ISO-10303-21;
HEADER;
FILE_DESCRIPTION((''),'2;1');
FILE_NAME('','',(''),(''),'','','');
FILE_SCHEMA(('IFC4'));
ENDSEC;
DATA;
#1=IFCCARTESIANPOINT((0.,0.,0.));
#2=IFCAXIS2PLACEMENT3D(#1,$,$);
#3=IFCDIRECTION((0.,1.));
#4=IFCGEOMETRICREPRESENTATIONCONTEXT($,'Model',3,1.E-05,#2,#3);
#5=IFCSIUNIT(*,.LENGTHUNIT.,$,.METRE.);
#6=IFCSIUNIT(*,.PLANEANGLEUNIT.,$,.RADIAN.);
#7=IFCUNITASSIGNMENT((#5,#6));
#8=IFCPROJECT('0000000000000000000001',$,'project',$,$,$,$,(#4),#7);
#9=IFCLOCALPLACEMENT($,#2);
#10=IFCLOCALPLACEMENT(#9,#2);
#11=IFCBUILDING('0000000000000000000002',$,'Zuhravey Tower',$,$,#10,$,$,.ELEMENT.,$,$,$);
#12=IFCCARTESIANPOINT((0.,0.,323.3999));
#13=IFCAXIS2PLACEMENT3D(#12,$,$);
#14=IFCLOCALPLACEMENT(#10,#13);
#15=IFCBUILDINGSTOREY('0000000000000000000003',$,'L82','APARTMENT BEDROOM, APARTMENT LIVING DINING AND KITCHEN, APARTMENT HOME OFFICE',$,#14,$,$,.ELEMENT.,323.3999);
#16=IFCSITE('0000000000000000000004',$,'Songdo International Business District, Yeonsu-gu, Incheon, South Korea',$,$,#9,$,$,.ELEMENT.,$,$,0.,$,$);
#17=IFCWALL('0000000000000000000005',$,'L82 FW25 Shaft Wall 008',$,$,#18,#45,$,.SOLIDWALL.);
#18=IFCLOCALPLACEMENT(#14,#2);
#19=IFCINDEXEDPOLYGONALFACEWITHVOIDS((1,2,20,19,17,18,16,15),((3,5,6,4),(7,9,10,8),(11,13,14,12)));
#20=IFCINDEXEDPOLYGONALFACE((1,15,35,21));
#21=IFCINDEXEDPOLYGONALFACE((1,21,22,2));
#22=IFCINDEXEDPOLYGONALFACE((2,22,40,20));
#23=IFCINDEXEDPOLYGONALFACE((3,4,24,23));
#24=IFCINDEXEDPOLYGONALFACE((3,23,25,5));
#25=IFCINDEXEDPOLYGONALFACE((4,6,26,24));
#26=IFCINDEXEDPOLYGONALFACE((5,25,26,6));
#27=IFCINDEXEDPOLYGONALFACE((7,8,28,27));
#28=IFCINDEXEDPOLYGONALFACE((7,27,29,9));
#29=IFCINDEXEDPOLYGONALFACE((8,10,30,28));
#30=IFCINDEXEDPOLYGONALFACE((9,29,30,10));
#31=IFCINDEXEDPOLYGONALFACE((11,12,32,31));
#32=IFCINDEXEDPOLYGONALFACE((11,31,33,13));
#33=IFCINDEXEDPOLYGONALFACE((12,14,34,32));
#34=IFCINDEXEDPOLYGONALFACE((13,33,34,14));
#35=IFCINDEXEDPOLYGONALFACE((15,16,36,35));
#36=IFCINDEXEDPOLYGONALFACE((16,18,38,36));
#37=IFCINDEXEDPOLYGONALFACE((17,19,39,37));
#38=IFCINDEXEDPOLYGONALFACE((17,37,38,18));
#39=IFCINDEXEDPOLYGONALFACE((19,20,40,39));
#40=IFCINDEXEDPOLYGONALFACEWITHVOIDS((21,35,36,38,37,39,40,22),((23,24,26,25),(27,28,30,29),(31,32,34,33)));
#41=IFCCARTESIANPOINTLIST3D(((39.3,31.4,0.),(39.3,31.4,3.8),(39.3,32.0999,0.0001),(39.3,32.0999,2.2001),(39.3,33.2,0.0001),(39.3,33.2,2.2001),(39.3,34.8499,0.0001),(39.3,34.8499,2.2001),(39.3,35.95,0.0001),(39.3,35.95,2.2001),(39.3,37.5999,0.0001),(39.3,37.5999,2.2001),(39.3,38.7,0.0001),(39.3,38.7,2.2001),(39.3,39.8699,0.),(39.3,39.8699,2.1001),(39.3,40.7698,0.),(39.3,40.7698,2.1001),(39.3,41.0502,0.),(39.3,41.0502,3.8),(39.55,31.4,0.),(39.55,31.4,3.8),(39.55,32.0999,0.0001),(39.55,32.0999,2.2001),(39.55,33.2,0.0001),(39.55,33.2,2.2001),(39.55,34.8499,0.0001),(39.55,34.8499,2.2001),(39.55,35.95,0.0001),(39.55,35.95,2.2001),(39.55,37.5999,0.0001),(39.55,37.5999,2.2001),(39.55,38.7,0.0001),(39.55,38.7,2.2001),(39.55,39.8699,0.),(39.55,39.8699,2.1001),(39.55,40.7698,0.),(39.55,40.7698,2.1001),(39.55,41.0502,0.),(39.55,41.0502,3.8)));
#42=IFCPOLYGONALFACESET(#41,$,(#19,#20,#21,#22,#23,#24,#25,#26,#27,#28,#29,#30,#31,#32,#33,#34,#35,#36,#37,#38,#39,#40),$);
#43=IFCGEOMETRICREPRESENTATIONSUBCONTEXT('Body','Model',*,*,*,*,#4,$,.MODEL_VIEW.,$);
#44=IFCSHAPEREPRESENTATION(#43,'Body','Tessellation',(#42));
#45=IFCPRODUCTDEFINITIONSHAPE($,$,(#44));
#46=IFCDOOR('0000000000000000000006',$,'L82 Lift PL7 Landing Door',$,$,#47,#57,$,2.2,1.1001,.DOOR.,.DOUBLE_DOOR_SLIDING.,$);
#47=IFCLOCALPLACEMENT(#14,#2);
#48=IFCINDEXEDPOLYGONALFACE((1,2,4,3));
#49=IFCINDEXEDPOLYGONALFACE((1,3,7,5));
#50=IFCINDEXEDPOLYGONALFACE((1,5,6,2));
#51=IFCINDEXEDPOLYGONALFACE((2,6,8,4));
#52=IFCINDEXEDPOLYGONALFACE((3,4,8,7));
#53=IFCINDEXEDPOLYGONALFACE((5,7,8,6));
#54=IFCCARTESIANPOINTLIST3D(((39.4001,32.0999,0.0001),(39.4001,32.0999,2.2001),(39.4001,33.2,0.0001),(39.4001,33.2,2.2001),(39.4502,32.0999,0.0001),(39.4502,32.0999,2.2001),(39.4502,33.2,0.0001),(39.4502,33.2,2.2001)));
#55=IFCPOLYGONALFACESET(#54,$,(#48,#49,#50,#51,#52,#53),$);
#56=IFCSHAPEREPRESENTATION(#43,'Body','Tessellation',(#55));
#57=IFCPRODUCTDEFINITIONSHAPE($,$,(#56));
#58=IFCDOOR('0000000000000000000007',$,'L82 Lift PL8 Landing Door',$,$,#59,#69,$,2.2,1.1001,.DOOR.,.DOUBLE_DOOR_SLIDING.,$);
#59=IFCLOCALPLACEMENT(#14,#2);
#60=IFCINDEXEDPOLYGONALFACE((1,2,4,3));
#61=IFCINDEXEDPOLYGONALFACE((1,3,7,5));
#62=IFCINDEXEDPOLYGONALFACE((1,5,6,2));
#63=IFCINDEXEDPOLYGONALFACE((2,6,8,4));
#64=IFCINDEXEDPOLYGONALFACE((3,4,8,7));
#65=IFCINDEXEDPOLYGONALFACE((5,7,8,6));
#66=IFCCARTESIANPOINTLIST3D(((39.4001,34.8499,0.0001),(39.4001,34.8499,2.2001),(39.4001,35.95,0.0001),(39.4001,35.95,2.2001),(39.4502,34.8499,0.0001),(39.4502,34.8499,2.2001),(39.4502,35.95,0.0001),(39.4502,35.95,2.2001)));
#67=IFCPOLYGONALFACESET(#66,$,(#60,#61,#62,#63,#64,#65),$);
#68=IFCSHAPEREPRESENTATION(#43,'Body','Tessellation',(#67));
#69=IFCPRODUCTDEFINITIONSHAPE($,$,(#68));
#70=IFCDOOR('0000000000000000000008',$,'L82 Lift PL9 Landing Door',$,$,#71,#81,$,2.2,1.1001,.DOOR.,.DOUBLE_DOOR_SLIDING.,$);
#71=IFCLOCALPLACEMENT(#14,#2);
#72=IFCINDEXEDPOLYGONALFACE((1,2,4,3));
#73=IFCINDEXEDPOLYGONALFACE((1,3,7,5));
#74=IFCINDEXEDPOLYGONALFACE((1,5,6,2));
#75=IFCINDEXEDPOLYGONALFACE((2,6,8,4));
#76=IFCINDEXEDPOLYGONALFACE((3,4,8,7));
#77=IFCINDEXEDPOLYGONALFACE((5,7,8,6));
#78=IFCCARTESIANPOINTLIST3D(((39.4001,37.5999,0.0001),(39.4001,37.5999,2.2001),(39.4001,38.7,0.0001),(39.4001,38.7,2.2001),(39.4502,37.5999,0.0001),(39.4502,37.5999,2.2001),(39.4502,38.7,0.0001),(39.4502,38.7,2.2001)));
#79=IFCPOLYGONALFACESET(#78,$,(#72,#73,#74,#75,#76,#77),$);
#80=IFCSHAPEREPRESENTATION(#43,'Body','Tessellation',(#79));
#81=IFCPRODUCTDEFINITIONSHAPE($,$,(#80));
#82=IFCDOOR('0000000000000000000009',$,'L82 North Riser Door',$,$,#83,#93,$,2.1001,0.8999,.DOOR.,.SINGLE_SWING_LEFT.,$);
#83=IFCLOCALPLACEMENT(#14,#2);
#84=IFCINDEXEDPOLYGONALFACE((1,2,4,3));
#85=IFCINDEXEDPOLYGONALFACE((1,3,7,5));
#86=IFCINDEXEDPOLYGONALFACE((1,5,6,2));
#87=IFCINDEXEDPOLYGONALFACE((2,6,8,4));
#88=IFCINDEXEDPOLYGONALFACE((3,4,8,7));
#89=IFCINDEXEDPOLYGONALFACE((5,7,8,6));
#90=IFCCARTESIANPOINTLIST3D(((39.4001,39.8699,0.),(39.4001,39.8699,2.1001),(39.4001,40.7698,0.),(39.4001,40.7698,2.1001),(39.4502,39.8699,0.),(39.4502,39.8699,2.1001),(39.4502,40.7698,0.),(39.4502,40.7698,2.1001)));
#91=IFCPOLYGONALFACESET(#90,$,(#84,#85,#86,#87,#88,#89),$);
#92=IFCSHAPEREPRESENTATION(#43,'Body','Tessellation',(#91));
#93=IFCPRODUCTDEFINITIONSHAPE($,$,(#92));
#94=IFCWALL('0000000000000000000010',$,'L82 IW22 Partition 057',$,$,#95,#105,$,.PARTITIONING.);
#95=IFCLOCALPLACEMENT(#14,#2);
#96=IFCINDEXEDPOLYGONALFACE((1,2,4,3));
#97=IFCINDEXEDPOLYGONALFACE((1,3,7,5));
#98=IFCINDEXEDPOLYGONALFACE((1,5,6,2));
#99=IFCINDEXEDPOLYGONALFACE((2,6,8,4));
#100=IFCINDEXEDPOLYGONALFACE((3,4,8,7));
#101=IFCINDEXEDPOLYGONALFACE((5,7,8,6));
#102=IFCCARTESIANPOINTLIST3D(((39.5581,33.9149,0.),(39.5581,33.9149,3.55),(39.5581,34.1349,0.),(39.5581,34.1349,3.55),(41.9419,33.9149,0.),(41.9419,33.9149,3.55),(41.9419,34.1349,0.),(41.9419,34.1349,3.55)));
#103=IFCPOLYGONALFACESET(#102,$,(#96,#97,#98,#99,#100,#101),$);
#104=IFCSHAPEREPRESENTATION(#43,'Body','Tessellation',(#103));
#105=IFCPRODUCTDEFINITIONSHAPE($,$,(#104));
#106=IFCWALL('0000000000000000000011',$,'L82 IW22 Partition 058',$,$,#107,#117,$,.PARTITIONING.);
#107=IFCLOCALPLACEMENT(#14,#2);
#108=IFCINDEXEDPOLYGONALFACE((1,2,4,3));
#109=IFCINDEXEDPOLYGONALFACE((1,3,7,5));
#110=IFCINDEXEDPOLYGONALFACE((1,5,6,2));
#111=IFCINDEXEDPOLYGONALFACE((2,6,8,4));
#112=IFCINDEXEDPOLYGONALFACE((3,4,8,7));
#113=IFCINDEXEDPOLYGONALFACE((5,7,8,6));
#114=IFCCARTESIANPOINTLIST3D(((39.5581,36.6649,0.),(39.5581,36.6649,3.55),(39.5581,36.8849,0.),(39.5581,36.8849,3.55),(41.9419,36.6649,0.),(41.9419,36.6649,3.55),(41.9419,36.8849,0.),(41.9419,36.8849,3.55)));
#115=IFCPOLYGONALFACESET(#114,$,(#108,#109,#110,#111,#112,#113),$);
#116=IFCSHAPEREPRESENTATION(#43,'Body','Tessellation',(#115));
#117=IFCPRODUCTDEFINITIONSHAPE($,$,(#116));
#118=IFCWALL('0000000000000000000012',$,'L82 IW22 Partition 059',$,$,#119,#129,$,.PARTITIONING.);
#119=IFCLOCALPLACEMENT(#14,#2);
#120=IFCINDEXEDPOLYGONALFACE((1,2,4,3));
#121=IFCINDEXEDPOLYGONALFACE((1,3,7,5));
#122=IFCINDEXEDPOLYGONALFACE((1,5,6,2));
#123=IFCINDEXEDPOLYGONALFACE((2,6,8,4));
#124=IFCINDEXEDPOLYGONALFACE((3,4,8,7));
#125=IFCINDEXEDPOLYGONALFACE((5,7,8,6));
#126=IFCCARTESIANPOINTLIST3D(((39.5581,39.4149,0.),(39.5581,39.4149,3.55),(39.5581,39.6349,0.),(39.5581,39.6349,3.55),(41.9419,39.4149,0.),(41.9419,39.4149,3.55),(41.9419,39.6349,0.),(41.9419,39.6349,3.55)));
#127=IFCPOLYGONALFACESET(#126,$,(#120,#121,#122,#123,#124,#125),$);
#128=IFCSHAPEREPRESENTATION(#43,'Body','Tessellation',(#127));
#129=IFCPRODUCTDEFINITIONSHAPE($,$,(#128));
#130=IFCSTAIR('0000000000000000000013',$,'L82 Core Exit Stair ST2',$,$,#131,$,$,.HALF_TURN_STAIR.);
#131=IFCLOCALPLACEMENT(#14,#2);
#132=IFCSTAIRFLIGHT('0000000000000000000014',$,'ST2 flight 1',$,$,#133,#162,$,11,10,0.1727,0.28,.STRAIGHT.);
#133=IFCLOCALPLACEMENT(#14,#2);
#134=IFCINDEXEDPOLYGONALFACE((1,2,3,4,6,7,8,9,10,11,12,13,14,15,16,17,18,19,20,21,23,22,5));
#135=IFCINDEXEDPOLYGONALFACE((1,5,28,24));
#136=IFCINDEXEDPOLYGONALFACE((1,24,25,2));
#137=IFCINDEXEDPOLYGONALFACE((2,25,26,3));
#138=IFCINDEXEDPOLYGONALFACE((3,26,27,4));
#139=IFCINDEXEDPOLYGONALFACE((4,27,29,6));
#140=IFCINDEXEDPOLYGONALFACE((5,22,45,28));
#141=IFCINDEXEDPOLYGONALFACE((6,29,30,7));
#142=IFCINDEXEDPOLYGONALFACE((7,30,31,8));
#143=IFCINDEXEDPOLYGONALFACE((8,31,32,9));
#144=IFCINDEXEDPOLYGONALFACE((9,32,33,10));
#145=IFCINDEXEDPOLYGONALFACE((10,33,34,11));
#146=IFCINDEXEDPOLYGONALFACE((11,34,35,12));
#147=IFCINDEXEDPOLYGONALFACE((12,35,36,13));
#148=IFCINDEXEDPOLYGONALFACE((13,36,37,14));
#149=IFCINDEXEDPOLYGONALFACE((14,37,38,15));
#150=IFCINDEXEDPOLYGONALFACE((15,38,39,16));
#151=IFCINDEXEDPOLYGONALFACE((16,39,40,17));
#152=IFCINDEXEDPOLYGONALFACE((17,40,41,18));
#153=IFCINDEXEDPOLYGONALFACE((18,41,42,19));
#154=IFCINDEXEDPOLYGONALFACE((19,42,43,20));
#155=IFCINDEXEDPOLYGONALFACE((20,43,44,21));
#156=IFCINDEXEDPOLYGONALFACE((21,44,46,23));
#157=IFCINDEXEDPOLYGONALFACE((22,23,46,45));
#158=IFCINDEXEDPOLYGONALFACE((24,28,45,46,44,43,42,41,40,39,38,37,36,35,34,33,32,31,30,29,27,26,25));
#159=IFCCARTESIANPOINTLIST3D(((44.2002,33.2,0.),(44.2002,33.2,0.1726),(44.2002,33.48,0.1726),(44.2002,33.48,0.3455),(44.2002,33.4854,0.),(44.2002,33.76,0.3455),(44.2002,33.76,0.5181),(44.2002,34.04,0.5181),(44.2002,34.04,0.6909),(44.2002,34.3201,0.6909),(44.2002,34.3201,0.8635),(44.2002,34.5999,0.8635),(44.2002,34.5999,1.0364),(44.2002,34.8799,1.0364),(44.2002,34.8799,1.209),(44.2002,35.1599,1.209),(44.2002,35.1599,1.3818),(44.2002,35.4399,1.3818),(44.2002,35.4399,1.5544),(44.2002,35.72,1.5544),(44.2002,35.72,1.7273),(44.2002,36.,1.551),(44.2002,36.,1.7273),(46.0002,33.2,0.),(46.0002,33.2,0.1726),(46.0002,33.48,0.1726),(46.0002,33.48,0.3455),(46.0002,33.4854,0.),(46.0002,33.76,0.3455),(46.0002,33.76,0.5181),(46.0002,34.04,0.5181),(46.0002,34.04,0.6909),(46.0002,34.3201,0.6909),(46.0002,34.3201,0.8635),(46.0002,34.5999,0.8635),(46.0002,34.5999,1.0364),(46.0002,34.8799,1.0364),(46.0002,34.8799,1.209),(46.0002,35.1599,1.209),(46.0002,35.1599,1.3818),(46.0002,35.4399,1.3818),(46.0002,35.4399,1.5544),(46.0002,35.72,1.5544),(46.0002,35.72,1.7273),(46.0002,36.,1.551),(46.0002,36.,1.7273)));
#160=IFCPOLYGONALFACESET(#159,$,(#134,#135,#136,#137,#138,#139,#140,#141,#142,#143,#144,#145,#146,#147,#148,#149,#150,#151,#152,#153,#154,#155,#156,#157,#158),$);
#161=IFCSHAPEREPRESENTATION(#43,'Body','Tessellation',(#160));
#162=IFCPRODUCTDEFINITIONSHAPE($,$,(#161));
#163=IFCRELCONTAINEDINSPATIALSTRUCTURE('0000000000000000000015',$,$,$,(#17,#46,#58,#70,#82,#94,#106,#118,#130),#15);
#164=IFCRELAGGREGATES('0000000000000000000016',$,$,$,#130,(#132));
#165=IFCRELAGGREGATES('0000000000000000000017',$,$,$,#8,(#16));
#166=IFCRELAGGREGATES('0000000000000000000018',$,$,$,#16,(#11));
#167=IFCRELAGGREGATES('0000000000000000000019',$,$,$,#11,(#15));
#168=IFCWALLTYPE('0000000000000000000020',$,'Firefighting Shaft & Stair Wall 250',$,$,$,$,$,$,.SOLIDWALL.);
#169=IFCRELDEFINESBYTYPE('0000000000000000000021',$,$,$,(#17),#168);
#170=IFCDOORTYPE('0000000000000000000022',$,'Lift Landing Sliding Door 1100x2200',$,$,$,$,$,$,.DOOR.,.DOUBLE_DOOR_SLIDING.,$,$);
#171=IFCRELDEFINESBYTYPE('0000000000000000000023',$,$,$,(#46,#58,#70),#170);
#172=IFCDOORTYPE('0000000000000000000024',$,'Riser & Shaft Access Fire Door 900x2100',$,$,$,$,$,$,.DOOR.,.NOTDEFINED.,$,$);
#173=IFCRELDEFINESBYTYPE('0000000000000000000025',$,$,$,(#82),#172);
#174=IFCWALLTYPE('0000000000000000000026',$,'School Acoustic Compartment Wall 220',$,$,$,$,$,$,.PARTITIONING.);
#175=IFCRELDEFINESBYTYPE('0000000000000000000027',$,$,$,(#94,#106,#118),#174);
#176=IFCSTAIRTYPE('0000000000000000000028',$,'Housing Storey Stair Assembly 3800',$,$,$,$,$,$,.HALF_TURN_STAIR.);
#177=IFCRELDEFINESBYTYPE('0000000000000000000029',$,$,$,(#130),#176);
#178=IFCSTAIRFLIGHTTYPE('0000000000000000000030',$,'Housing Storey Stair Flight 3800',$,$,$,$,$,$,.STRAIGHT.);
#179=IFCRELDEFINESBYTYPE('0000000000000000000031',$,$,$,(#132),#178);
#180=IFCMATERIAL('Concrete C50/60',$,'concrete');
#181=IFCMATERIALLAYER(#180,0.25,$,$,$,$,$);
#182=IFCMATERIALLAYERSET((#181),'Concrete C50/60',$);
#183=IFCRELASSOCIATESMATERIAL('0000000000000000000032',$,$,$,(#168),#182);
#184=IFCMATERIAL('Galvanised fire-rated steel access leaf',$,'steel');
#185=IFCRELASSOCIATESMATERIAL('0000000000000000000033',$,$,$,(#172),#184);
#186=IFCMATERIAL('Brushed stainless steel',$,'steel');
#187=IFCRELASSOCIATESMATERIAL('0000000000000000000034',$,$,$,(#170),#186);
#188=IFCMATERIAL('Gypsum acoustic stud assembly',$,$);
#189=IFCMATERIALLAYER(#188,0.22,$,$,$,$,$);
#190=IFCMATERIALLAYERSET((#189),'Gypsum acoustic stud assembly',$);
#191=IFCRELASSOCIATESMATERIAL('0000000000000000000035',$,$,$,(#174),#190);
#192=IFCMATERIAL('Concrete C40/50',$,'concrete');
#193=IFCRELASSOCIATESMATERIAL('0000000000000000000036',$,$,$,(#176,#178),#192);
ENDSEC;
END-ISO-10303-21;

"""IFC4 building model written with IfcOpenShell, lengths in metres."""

from ifc_helpers import new_model, si_unit, direction, frame, frame_2d, origin, place, context, subcontext, project, spatial, polyline, rectangle, outline, extrude, material, layer, layer_set, type_object, element, fill, aggregate, save


model = new_model("IFC4")

# Units and contexts
model_context = context("Model", 3, precision=1e-05, world=origin(), true_north=direction((0.0, 1.0)))
body_context = subcontext(model_context, "Body", "Model", "MODEL_VIEW")
ifc_project = project(units=[si_unit("LENGTHUNIT", "METRE"), si_unit("PLANEANGLEUNIT", "RADIAN")], contexts=[model_context])

# Site, building, storey
site_placement = place(None, origin())
site = spatial("IfcSite", under=ifc_project, at=site_placement, Name="Songdo International Business District, Yeonsu-gu, Incheon, South Korea", CompositionType="ELEMENT", RefElevation=0.0)
building_placement = place(site_placement, origin())
building = spatial("IfcBuilding", under=site, at=building_placement, Name="Zuhravey Tower", CompositionType="ELEMENT")
storey_placement = place(building_placement, frame((0.0, 0.0, 323.3999)))
storey = spatial("IfcBuildingStorey", under=building, at=storey_placement, Name="L82", Description="APARTMENT BEDROOM, APARTMENT LIVING DINING AND KITCHEN, APARTMENT HOME OFFICE", CompositionType="ELEMENT", Elevation=323.3999)

# Shared definitions
ifc_material_1 = material(Name="Concrete C50/60", Category="concrete")

# Shared definitions
ifc_layer_1 = layer(ifc_material_1, 0.25)
ifc_layer_set_1 = layer_set([ifc_layer_1], Name="Concrete C50/60")
wall_type_1 = type_object("IfcWallType", Name="Firefighting Shaft & Stair Wall 250", PredefinedType="SOLIDWALL", material=ifc_layer_set_1)

# Wall, openings, doors
ifc_material_2 = material(Name="Galvanised fire-rated steel access leaf", Category="steel")
door_type_1 = type_object("IfcDoorType", Name="Riser & Shaft Access Fire Door 900x2100", OperationType="NOTDEFINED", PredefinedType="DOOR", material=ifc_material_2)
wall_1_placement = place(storey_placement, frame((39.425, 31.3999, 0.0), z_axis=(0.0, 0.0, 1.0), x_axis=(0.0, 1.0, 0.0)))
wall_1 = element("IfcWall", 1, at=wall_1_placement, inside=storey, type_object=wall_type_1, Name="L82 FW25 Shaft Wall 008", PredefinedType="SOLIDWALL", context=body_context, shape_type="SweptSolid", body=[
    extrude(rectangle(XDim=9.6501, YDim=0.25, at=frame_2d((4.8252, 0.0))), origin(), (0.0, 0.0, 1.0), 3.8),
])
opening_1_placement = place(wall_1_placement, frame((0.7, 0.0, 0.0)))
opening_1 = element("IfcOpeningElement", 2, at=opening_1_placement, cuts=wall_1, PredefinedType="OPENING", context=body_context, shape_type="SweptSolid", body=[
    extrude(rectangle(XDim=1.1001, YDim=2.2, at=frame_2d((0.55, 1.1001))), frame((0.0, 0.137, 0.0), z_axis=(0.0, -1.0, 0.0), x_axis=(1.0, 0.0, 0.0)), (0.0, 0.0, 1.0), 0.2739),
])
opening_2_placement = place(wall_1_placement, frame((3.45, 0.0, 0.0)))
opening_2 = element("IfcOpeningElement", 3, at=opening_2_placement, cuts=wall_1, PredefinedType="OPENING", context=body_context, shape_type="SweptSolid", body=[
    extrude(rectangle(XDim=1.1001, YDim=2.2, at=frame_2d((0.55, 1.1001))), frame((0.0, 0.137, 0.0), z_axis=(0.0, -1.0, 0.0), x_axis=(1.0, 0.0, 0.0)), (0.0, 0.0, 1.0), 0.2739),
])
opening_3_placement = place(wall_1_placement, frame((6.2, 0.0, 0.0)))
opening_3 = element("IfcOpeningElement", 4, at=opening_3_placement, cuts=wall_1, PredefinedType="OPENING", context=body_context, shape_type="SweptSolid", body=[
    extrude(rectangle(XDim=1.1001, YDim=2.2, at=frame_2d((0.55, 1.1001))), frame((0.0, 0.137, 0.0), z_axis=(0.0, -1.0, 0.0), x_axis=(1.0, 0.0, 0.0)), (0.0, 0.0, 1.0), 0.2739),
])
opening_4_placement = place(wall_1_placement, frame((8.47, 0.0, 0.0)))
opening_4 = element("IfcOpeningElement", 5, at=opening_4_placement, cuts=wall_1, PredefinedType="OPENING", context=body_context, shape_type="SweptSolid", body=[
    extrude(rectangle(XDim=0.8999, YDim=2.1001, at=frame_2d((0.45, 1.05))), frame((0.0, 0.137, 0.0), z_axis=(0.0, -1.0, 0.0), x_axis=(1.0, 0.0, 0.0)), (0.0, 0.0, 1.0), 0.2739),
])
ifc_material_3 = material(Name="Brushed stainless steel", Category="steel")
door_type_2 = type_object("IfcDoorType", Name="Lift Landing Sliding Door 1100x2200", OperationType="DOUBLE_DOOR_SLIDING", PredefinedType="DOOR", material=ifc_material_3)
door_1_placement = place(opening_1_placement, origin())
door_1 = element("IfcDoor", 6, at=door_1_placement, inside=storey, type_object=door_type_2, Name="L82 Lift PL7 Landing Door", OperationType="DOUBLE_DOOR_SLIDING", OverallHeight=2.2, OverallWidth=1.1001, PredefinedType="DOOR", context=body_context, shape_type="SweptSolid", body=[
    extrude(rectangle(XDim=1.1001, YDim=2.2, at=frame_2d((0.55, 1.1001))), frame((0.0, 0.0249, 0.0), z_axis=(0.0, -1.0, 0.0), x_axis=(1.0, 0.0, 0.0)), (0.0, 0.0, 1.0), 0.05),
])
fill(opening_1, door_1)
door_2_placement = place(opening_2_placement, origin())
door_2 = element("IfcDoor", 7, at=door_2_placement, inside=storey, type_object=door_type_2, Name="L82 Lift PL8 Landing Door", OperationType="DOUBLE_DOOR_SLIDING", OverallHeight=2.2, OverallWidth=1.1001, PredefinedType="DOOR", context=body_context, shape_type="SweptSolid", body=[
    extrude(rectangle(XDim=1.1001, YDim=2.2, at=frame_2d((0.55, 1.1001))), frame((0.0, 0.0249, 0.0), z_axis=(0.0, -1.0, 0.0), x_axis=(1.0, 0.0, 0.0)), (0.0, 0.0, 1.0), 0.05),
])
fill(opening_2, door_2)
door_3_placement = place(opening_3_placement, origin())
door_3 = element("IfcDoor", 8, at=door_3_placement, inside=storey, type_object=door_type_2, Name="L82 Lift PL9 Landing Door", OperationType="DOUBLE_DOOR_SLIDING", OverallHeight=2.2, OverallWidth=1.1001, PredefinedType="DOOR", context=body_context, shape_type="SweptSolid", body=[
    extrude(rectangle(XDim=1.1001, YDim=2.2, at=frame_2d((0.55, 1.1001))), frame((0.0, 0.0249, 0.0), z_axis=(0.0, -1.0, 0.0), x_axis=(1.0, 0.0, 0.0)), (0.0, 0.0, 1.0), 0.05),
])
fill(opening_3, door_3)
door_4_placement = place(opening_4_placement, origin())
door_4 = element("IfcDoor", 9, at=door_4_placement, inside=storey, type_object=door_type_1, Name="L82 North Riser Door", OperationType="SINGLE_SWING_LEFT", OverallHeight=2.1001, OverallWidth=0.8999, PredefinedType="DOOR", context=body_context, shape_type="SweptSolid", body=[
    extrude(rectangle(XDim=0.8999, YDim=2.1001, at=frame_2d((0.45, 1.05))), frame((0.0, 0.0249, 0.0), z_axis=(0.0, -1.0, 0.0), x_axis=(1.0, 0.0, 0.0)), (0.0, 0.0, 1.0), 0.05),
])
fill(opening_4, door_4)

# Walls
ifc_material_4 = material(Name="Gypsum acoustic stud assembly")
ifc_layer_2 = layer(ifc_material_4, 0.22)
ifc_layer_set_2 = layer_set([ifc_layer_2], Name="Gypsum acoustic stud assembly")
wall_type_2 = type_object("IfcWallType", Name="School Acoustic Compartment Wall 220", PredefinedType="PARTITIONING", material=ifc_layer_set_2)
for number, where, z_axis, x_axis, name in (
    (10, (39.5581, 34.0249, 0.0), (0.0, 0.0, 1.0), (1.0, 0.0, 0.0), "L82 IW22 Partition 057"),
    (11, (39.5581, 36.7749, 0.0), (0.0, 0.0, 1.0), (1.0, 0.0, 0.0), "L82 IW22 Partition 058"),
    (12, (39.5581, 39.5249, 0.0), (0.0, 0.0, 1.0), (1.0, 0.0, 0.0), "L82 IW22 Partition 059"),
):
    element("IfcWall", number, at=place(storey_placement, frame(where, z_axis=z_axis, x_axis=x_axis)), inside=storey, type_object=wall_type_2, Name=name, PredefinedType="PARTITIONING", context=body_context, shape_type="SweptSolid", body=[
        extrude(rectangle(XDim=2.3838, YDim=0.22, at=frame_2d((1.1919, 0.0))), origin(), (0.0, 0.0, 1.0), 3.55),
    ])

# Stair, stair flight
ifc_material_5 = material(Name="Concrete C40/50", Category="concrete")
stair_type = type_object("IfcStairType", Name="Housing Storey Stair Assembly 3800", PredefinedType="HALF_TURN_STAIR", material=ifc_material_5)
stair_placement = place(storey_placement, origin())
stair = element("IfcStair", 13, at=stair_placement, inside=storey, type_object=stair_type, Name="L82 Core Exit Stair ST2", PredefinedType="HALF_TURN_STAIR")
stair_flight_type = type_object("IfcStairFlightType", Name="Housing Storey Stair Flight 3800", PredefinedType="STRAIGHT", material=ifc_material_5)
stair_flight_1_placement = place(storey_placement, frame((45.1001, 33.2, 0.0), z_axis=(0.0, 0.0, 1.0), x_axis=(0.0, 1.0, 0.0)))
stair_flight_1 = element("IfcStairFlight", 14, at=stair_flight_1_placement, type_object=stair_flight_type, Name="ST2 flight 1", NumberOfRisers=11, NumberOfTreads=10, PredefinedType="STRAIGHT", RiserHeight=0.1727, TreadLength=0.28, context=body_context, shape_type="SweptSolid", body=[
    extrude(outline(polyline([(0.0, 0.0), (0.0, 0.1726), (0.28, 0.1726), (0.28, 0.3455), (0.5601, 0.3455), (0.5601, 0.5181), (0.8401, 0.5181), (0.8401, 0.6909), (1.1201, 0.6909), (1.1201, 0.8635), (1.3999, 0.8635), (1.3999, 1.0364), (1.6799, 1.0364), (1.6799, 1.209), (1.96, 1.209), (1.96, 1.3818), (2.24, 1.3818), (2.24, 1.5544), (2.52, 1.5544), (2.52, 1.7273), (2.8, 1.7273), (2.8, 1.8999), (2.8, 1.551), (0.2854, 0.0), (0.0, 0.0)])), frame((0.0, 0.8999, 0.0), z_axis=(0.0, -1.0, 0.0), x_axis=(1.0, 0.0, 0.0)), (0.0, 0.0, 1.0), 1.8),
])
aggregate(stair, [stair_flight_1])

save(model, "model.ifc")
